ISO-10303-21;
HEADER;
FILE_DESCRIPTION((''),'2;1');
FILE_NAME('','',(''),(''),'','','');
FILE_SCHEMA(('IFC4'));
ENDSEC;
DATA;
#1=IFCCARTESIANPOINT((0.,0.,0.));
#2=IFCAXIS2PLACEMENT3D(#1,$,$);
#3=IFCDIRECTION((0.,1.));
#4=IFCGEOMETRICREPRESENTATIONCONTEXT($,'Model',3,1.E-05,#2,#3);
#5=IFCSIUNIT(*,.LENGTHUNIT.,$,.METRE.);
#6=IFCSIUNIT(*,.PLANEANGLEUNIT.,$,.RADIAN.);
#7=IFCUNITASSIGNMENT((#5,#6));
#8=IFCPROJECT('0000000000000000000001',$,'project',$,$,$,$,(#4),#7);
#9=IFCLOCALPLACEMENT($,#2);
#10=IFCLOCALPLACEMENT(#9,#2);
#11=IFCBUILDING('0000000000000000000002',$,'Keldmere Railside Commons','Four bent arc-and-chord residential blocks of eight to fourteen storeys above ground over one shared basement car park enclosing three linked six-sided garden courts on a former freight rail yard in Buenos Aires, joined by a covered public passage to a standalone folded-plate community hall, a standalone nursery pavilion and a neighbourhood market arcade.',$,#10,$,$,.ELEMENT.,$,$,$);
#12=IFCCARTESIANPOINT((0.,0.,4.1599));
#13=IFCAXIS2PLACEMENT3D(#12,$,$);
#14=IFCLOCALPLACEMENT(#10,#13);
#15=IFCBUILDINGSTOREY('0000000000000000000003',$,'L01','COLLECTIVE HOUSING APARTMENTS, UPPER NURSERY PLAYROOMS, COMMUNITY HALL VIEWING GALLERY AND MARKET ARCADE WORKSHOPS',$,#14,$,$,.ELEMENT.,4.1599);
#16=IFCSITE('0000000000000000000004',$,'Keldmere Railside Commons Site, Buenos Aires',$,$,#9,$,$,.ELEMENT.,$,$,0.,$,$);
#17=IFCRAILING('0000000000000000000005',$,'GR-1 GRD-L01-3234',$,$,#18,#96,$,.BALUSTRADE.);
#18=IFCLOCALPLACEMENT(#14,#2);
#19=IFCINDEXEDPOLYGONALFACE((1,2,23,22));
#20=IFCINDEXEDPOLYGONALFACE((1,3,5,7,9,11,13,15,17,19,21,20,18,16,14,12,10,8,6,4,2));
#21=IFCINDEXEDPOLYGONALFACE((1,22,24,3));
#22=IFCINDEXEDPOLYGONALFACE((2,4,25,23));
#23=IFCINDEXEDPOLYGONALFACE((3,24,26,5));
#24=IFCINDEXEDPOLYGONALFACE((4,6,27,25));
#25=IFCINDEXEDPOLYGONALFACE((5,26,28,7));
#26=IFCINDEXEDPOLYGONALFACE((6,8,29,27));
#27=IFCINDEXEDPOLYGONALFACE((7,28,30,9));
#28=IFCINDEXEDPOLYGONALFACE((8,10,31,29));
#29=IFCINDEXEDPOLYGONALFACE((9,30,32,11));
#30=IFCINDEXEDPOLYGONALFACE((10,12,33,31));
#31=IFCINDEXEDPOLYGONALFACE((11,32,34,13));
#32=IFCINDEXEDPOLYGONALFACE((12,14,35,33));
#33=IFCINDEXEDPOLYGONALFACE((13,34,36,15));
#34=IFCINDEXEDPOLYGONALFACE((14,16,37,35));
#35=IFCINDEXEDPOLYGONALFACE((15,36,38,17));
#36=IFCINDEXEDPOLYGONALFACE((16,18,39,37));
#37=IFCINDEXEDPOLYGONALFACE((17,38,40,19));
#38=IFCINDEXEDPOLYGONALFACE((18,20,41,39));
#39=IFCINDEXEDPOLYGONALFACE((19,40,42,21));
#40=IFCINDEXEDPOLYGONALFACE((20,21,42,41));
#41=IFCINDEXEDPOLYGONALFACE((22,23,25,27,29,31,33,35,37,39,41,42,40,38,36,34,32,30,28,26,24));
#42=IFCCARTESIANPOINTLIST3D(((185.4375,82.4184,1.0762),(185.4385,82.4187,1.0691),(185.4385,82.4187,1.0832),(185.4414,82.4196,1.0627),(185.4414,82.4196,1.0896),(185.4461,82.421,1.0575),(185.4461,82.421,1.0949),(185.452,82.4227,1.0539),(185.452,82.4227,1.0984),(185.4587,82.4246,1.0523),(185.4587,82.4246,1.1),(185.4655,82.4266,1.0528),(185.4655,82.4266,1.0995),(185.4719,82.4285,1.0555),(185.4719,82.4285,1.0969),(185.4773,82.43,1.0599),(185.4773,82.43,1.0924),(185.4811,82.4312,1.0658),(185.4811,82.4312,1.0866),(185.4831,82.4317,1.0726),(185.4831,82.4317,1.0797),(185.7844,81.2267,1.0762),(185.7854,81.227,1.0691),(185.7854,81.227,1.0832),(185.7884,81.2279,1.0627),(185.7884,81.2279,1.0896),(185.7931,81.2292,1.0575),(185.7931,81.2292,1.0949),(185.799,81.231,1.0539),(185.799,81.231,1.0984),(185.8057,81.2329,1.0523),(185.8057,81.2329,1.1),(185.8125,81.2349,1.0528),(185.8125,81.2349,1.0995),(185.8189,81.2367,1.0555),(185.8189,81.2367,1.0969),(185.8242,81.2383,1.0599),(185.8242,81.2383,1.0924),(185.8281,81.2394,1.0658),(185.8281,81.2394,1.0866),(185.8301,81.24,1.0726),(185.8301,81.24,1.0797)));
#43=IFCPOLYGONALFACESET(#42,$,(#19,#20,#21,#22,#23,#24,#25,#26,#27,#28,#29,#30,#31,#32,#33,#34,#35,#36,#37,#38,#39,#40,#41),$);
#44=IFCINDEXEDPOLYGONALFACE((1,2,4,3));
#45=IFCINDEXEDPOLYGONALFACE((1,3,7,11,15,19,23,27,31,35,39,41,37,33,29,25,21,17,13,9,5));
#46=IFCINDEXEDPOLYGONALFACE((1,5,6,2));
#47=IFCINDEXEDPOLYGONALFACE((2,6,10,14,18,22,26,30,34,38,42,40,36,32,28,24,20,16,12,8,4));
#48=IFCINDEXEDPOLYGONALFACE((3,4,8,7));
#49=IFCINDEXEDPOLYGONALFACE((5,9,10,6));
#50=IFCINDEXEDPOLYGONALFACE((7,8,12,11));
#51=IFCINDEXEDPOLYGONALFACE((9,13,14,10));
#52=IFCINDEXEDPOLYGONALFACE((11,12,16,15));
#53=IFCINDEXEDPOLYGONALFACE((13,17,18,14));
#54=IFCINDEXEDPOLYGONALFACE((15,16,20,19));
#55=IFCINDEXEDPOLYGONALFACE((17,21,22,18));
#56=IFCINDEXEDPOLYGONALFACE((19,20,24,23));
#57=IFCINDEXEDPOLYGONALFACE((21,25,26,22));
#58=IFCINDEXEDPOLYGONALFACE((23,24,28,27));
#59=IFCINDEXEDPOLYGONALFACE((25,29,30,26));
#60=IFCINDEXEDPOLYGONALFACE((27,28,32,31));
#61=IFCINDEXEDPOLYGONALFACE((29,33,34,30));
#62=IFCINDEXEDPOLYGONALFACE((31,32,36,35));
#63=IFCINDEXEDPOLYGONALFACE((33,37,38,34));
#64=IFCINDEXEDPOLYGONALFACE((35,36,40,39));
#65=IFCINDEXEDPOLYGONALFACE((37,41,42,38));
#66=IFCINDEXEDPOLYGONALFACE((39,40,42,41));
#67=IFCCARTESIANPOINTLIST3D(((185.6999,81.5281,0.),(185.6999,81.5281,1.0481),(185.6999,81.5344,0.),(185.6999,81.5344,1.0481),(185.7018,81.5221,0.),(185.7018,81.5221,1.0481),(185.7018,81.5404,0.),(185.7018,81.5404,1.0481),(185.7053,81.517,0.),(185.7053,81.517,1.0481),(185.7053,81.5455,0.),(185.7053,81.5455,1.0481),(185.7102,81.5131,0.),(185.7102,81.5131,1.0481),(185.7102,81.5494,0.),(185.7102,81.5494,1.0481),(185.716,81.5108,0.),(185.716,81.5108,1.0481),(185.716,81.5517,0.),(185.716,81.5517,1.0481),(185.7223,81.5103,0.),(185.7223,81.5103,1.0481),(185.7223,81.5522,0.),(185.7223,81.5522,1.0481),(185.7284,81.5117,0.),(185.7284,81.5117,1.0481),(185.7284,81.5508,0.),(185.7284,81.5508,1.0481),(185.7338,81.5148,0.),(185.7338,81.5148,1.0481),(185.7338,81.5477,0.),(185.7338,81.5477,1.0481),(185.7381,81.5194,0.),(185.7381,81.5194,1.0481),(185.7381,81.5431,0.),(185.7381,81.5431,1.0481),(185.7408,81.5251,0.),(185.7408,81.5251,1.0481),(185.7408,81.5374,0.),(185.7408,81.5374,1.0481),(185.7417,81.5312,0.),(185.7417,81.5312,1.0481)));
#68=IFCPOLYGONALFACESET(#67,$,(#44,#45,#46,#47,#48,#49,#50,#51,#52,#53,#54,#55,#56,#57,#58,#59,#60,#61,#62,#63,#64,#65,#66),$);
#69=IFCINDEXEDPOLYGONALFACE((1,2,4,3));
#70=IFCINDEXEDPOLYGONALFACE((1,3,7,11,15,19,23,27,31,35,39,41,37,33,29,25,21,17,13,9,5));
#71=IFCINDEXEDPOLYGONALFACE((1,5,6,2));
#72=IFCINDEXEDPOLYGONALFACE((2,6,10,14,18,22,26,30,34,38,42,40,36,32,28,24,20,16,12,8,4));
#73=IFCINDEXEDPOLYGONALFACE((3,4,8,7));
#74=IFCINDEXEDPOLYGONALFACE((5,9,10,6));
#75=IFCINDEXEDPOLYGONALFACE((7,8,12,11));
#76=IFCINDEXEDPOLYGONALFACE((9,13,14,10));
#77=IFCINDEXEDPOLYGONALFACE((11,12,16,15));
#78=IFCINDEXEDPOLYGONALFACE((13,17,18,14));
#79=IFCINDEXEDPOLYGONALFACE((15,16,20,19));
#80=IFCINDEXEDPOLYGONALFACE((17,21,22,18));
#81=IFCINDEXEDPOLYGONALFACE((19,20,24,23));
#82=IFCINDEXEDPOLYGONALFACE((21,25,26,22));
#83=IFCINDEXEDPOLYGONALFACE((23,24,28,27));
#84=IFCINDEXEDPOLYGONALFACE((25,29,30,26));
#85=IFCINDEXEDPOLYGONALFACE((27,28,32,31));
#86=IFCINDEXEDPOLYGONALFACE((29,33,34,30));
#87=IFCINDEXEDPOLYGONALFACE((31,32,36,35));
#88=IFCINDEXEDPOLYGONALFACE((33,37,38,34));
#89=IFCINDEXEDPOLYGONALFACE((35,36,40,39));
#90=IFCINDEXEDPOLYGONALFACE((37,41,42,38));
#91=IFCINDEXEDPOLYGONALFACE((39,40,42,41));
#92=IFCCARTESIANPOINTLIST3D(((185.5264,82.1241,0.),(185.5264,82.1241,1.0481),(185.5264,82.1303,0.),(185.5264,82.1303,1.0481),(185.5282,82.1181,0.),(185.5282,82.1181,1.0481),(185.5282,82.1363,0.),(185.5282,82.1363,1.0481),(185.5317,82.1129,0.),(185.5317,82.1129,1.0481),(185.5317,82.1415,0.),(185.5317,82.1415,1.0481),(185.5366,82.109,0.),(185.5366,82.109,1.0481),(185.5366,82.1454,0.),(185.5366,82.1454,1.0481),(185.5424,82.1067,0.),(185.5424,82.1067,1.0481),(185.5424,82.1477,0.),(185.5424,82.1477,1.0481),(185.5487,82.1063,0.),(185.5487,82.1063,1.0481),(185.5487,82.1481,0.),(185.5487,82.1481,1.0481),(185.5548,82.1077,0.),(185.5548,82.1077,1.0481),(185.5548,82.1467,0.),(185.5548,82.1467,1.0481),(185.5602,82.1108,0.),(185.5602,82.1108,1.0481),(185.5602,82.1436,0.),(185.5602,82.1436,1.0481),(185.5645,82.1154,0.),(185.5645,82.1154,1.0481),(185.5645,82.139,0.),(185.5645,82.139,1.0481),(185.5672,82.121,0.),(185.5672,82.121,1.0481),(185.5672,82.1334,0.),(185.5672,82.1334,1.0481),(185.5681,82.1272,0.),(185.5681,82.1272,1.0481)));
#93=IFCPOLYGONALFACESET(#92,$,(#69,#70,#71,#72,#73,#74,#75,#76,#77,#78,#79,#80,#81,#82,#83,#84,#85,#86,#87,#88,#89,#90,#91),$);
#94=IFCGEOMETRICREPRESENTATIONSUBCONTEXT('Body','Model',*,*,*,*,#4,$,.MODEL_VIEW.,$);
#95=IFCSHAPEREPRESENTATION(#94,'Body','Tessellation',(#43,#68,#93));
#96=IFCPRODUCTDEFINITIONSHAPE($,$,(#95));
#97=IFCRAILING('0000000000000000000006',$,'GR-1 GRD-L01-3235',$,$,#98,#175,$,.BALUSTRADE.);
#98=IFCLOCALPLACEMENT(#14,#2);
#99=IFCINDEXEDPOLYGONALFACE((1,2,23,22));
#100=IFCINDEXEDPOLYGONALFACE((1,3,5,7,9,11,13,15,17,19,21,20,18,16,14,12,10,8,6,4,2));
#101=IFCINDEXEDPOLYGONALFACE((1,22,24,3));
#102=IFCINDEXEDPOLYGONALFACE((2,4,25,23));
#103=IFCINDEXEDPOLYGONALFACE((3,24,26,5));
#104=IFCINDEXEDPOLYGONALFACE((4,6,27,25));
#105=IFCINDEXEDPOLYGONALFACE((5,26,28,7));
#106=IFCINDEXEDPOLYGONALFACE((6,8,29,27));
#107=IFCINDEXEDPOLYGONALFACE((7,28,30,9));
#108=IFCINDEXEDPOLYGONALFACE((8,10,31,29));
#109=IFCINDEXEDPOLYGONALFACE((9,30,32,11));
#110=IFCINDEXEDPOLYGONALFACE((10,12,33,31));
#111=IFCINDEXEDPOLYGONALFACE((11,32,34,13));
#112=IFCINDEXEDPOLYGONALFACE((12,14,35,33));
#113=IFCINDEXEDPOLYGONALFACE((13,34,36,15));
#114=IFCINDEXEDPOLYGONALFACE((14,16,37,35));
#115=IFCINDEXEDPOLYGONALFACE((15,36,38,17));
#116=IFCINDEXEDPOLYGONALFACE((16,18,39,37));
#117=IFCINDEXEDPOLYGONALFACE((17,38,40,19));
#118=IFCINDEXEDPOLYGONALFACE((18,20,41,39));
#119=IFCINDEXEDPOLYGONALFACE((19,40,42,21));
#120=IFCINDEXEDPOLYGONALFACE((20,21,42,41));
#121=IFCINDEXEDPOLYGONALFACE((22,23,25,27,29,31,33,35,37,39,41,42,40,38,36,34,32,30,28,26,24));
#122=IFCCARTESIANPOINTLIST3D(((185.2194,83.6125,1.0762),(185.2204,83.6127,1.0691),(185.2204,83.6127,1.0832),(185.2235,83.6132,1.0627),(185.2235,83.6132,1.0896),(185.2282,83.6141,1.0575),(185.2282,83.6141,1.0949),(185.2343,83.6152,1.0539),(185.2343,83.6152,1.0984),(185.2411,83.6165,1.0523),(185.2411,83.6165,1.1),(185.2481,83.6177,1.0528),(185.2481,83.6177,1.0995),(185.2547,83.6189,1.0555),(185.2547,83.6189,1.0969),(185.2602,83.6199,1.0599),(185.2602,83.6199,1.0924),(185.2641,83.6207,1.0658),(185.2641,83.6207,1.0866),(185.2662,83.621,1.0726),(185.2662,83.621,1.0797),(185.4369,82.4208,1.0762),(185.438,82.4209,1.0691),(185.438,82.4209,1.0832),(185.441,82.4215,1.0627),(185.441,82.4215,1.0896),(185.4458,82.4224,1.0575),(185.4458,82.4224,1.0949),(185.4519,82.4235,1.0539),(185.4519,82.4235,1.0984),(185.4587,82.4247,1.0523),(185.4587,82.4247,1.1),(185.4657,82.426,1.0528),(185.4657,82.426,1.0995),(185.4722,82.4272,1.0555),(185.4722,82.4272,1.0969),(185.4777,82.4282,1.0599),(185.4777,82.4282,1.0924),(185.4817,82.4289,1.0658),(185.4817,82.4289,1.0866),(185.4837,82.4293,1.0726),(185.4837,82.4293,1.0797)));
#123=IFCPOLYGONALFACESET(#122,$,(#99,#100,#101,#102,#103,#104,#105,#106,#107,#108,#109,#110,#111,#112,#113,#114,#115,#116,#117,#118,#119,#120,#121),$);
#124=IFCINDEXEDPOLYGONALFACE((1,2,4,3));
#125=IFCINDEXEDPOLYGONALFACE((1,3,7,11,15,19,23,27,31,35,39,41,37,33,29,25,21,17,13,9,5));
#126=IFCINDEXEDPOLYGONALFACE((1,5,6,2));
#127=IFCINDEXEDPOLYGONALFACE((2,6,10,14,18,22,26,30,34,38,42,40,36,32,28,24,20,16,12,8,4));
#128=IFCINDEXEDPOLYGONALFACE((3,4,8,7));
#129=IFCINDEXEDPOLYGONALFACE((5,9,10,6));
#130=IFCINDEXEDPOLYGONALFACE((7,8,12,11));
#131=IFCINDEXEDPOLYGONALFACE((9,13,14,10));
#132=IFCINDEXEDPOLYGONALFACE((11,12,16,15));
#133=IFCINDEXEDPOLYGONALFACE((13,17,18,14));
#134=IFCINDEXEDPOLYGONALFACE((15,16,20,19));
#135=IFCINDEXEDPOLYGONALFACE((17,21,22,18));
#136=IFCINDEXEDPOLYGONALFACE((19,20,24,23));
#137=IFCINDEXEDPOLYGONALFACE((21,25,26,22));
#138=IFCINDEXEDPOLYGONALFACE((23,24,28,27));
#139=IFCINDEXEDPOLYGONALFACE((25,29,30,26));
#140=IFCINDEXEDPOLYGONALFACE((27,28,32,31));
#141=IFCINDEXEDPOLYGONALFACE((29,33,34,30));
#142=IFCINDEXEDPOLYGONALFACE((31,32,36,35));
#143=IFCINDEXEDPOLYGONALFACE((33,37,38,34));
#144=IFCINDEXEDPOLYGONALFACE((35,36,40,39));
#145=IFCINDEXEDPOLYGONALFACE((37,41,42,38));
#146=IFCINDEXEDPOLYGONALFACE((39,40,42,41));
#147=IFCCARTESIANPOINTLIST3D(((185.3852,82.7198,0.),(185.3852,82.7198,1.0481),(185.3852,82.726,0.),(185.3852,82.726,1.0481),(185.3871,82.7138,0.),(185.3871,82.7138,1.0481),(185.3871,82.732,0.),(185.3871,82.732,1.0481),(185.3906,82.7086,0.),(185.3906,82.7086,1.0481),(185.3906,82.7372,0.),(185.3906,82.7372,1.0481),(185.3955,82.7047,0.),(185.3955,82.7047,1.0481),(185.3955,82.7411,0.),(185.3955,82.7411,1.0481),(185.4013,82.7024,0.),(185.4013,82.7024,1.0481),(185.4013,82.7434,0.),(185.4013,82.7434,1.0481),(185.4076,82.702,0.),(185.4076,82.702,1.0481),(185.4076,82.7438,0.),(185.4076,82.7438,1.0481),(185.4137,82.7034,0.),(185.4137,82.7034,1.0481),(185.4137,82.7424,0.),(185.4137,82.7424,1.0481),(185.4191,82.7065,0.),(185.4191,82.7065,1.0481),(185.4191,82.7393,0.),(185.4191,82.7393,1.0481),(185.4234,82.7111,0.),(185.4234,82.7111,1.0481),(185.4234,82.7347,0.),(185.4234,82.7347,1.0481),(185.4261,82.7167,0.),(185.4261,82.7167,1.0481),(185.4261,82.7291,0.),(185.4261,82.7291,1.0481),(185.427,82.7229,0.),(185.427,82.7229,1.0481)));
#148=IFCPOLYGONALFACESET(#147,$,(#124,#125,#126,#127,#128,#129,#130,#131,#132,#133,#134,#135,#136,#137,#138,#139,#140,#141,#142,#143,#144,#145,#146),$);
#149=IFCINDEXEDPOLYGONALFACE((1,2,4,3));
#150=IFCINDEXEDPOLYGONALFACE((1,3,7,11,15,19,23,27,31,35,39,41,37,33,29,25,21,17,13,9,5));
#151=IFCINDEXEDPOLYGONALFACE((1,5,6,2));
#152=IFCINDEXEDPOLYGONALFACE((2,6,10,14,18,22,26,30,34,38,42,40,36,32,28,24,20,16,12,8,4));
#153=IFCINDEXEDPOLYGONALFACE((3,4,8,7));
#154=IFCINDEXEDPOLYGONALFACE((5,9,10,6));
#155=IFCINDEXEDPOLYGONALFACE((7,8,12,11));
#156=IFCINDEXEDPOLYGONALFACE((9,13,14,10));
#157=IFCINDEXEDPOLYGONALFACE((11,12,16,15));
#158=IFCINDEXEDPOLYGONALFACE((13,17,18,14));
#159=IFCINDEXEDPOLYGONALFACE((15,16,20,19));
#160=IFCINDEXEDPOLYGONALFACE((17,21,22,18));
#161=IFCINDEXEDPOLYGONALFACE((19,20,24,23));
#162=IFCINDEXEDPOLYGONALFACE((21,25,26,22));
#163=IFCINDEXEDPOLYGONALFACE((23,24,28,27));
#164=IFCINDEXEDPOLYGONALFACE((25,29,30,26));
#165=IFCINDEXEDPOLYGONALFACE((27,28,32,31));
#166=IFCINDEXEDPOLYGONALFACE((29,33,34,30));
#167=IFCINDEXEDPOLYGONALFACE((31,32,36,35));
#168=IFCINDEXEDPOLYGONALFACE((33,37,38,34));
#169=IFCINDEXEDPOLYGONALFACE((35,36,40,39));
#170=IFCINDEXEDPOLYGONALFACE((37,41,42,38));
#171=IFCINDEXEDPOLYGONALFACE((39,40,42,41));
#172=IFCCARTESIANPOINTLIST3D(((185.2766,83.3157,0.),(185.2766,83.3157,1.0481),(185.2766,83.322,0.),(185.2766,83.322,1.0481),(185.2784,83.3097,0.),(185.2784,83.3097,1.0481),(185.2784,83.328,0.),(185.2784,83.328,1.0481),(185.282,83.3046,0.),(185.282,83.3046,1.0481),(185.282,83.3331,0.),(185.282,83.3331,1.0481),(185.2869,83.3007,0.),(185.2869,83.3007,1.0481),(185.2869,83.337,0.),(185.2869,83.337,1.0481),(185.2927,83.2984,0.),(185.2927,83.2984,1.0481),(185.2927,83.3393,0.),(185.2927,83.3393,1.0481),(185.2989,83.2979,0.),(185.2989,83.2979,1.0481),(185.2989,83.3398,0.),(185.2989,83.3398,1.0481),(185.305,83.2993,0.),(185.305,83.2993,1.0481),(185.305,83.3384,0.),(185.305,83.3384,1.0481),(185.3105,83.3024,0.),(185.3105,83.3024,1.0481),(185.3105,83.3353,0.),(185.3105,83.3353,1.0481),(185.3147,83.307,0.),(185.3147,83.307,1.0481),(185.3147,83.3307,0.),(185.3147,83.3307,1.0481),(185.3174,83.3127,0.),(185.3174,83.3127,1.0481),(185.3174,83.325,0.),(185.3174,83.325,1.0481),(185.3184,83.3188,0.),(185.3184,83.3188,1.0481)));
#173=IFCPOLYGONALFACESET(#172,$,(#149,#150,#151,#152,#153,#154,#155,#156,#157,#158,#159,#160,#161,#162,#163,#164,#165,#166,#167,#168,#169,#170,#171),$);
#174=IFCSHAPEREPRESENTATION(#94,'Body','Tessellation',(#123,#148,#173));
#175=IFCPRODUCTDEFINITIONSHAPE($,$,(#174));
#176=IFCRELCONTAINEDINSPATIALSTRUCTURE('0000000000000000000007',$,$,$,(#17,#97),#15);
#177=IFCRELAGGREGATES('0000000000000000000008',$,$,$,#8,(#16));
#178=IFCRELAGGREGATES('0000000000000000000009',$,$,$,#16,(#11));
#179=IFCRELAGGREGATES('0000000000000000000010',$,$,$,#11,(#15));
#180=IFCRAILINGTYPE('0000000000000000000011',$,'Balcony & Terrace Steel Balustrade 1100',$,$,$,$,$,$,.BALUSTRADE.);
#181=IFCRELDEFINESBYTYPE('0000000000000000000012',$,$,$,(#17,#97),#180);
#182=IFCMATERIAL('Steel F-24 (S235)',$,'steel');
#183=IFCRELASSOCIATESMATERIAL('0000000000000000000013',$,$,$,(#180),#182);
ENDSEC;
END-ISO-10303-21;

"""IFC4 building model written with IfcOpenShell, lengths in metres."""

from ifc_helpers import new_model, si_unit, direction, frame, origin, origin_2d, place, context, subcontext, project, spatial, circle, extrude, material, type_object, element, save


model = new_model("IFC4")

# Units and contexts
model_context = context("Model", 3, precision=1e-05, world=origin(), true_north=direction((0.0, 1.0)))
body_context = subcontext(model_context, "Body", "Model", "MODEL_VIEW")
ifc_project = project(units=[si_unit("LENGTHUNIT", "METRE"), si_unit("PLANEANGLEUNIT", "RADIAN")], contexts=[model_context])

# Site, building, storey
site_placement = place(None, origin())
site = spatial("IfcSite", under=ifc_project, at=site_placement, Name="Keldmere Railside Commons Site, Buenos Aires", CompositionType="ELEMENT", RefElevation=0.0)
building_placement = place(site_placement, origin())
building = spatial("IfcBuilding", under=site, at=building_placement, Name="Keldmere Railside Commons", Description="Four bent arc-and-chord residential blocks of eight to fourteen storeys above ground over one shared basement car park enclosing three linked six-sided garden courts on a former freight rail yard in Buenos Aires, joined by a covered public passage to a standalone folded-plate community hall, a standalone nursery pavilion and a neighbourhood market arcade.", CompositionType="ELEMENT")
storey_placement = place(building_placement, frame((0.0, 0.0, 4.1599)))
storey = spatial("IfcBuildingStorey", under=building, at=storey_placement, Name="L01", Description="COLLECTIVE HOUSING APARTMENTS, UPPER NURSERY PLAYROOMS, COMMUNITY HALL VIEWING GALLERY AND MARKET ARCADE WORKSHOPS", CompositionType="ELEMENT", Elevation=4.1599)

# Railings
ifc_material_1 = material(Name="Steel F-24 (S235)", Category="steel")
railing_type = type_object("IfcRailingType", Name="Balcony & Terrace Steel Balustrade 1100", PredefinedType="BALUSTRADE", material=ifc_material_1)
railing_1_placement = place(storey_placement, frame((185.8074, 81.2334, 0.0)))
element("IfcRailing", 1, at=railing_1_placement, inside=storey, type_object=railing_type, Name="GR-1 GRD-L01-3234", PredefinedType="BALUSTRADE", context=body_context, shape_type="SweptSolid", body=[
    extrude(circle(Radius=0.0239, at=origin_2d()), frame((0.0, 0.0, 1.0762), z_axis=(-0.279524, 0.960139, 0.0), x_axis=(-0.960139, -0.279524, 0.0)), (0.0, 0.0, 1.0), 1.2412),
    extrude(circle(Radius=0.021, at=origin_2d()), frame((-0.0867, 0.2979, 0.0)), (0.0, 0.0, 1.0), 1.0481),
    extrude(circle(Radius=0.021, at=origin_2d()), frame((-0.2603, 0.8938, 0.0)), (0.0, 0.0, 1.0), 1.0481),
])
railing_2_placement = place(storey_placement, frame((185.4604, 82.425, 0.0)))
element("IfcRailing", 2, at=railing_2_placement, inside=storey, type_object=railing_type, Name="GR-1 GRD-L01-3235", PredefinedType="BALUSTRADE", context=body_context, shape_type="SweptSolid", body=[
    extrude(circle(Radius=0.0239, at=origin_2d()), frame((0.0, 0.0, 1.0762), z_axis=(-0.179577, 0.983744, 0.0), x_axis=(-0.983744, -0.179577, 0.0)), (0.0, 0.0, 1.0), 1.2114),
    extrude(circle(Radius=0.021, at=origin_2d()), frame((-0.0544, 0.2979, 0.0)), (0.0, 0.0, 1.0), 1.0481),
    extrude(circle(Radius=0.021, at=origin_2d()), frame((-0.1631, 0.8938, 0.0)), (0.0, 0.0, 1.0), 1.0481),
])

save(model, "model.ifc")
